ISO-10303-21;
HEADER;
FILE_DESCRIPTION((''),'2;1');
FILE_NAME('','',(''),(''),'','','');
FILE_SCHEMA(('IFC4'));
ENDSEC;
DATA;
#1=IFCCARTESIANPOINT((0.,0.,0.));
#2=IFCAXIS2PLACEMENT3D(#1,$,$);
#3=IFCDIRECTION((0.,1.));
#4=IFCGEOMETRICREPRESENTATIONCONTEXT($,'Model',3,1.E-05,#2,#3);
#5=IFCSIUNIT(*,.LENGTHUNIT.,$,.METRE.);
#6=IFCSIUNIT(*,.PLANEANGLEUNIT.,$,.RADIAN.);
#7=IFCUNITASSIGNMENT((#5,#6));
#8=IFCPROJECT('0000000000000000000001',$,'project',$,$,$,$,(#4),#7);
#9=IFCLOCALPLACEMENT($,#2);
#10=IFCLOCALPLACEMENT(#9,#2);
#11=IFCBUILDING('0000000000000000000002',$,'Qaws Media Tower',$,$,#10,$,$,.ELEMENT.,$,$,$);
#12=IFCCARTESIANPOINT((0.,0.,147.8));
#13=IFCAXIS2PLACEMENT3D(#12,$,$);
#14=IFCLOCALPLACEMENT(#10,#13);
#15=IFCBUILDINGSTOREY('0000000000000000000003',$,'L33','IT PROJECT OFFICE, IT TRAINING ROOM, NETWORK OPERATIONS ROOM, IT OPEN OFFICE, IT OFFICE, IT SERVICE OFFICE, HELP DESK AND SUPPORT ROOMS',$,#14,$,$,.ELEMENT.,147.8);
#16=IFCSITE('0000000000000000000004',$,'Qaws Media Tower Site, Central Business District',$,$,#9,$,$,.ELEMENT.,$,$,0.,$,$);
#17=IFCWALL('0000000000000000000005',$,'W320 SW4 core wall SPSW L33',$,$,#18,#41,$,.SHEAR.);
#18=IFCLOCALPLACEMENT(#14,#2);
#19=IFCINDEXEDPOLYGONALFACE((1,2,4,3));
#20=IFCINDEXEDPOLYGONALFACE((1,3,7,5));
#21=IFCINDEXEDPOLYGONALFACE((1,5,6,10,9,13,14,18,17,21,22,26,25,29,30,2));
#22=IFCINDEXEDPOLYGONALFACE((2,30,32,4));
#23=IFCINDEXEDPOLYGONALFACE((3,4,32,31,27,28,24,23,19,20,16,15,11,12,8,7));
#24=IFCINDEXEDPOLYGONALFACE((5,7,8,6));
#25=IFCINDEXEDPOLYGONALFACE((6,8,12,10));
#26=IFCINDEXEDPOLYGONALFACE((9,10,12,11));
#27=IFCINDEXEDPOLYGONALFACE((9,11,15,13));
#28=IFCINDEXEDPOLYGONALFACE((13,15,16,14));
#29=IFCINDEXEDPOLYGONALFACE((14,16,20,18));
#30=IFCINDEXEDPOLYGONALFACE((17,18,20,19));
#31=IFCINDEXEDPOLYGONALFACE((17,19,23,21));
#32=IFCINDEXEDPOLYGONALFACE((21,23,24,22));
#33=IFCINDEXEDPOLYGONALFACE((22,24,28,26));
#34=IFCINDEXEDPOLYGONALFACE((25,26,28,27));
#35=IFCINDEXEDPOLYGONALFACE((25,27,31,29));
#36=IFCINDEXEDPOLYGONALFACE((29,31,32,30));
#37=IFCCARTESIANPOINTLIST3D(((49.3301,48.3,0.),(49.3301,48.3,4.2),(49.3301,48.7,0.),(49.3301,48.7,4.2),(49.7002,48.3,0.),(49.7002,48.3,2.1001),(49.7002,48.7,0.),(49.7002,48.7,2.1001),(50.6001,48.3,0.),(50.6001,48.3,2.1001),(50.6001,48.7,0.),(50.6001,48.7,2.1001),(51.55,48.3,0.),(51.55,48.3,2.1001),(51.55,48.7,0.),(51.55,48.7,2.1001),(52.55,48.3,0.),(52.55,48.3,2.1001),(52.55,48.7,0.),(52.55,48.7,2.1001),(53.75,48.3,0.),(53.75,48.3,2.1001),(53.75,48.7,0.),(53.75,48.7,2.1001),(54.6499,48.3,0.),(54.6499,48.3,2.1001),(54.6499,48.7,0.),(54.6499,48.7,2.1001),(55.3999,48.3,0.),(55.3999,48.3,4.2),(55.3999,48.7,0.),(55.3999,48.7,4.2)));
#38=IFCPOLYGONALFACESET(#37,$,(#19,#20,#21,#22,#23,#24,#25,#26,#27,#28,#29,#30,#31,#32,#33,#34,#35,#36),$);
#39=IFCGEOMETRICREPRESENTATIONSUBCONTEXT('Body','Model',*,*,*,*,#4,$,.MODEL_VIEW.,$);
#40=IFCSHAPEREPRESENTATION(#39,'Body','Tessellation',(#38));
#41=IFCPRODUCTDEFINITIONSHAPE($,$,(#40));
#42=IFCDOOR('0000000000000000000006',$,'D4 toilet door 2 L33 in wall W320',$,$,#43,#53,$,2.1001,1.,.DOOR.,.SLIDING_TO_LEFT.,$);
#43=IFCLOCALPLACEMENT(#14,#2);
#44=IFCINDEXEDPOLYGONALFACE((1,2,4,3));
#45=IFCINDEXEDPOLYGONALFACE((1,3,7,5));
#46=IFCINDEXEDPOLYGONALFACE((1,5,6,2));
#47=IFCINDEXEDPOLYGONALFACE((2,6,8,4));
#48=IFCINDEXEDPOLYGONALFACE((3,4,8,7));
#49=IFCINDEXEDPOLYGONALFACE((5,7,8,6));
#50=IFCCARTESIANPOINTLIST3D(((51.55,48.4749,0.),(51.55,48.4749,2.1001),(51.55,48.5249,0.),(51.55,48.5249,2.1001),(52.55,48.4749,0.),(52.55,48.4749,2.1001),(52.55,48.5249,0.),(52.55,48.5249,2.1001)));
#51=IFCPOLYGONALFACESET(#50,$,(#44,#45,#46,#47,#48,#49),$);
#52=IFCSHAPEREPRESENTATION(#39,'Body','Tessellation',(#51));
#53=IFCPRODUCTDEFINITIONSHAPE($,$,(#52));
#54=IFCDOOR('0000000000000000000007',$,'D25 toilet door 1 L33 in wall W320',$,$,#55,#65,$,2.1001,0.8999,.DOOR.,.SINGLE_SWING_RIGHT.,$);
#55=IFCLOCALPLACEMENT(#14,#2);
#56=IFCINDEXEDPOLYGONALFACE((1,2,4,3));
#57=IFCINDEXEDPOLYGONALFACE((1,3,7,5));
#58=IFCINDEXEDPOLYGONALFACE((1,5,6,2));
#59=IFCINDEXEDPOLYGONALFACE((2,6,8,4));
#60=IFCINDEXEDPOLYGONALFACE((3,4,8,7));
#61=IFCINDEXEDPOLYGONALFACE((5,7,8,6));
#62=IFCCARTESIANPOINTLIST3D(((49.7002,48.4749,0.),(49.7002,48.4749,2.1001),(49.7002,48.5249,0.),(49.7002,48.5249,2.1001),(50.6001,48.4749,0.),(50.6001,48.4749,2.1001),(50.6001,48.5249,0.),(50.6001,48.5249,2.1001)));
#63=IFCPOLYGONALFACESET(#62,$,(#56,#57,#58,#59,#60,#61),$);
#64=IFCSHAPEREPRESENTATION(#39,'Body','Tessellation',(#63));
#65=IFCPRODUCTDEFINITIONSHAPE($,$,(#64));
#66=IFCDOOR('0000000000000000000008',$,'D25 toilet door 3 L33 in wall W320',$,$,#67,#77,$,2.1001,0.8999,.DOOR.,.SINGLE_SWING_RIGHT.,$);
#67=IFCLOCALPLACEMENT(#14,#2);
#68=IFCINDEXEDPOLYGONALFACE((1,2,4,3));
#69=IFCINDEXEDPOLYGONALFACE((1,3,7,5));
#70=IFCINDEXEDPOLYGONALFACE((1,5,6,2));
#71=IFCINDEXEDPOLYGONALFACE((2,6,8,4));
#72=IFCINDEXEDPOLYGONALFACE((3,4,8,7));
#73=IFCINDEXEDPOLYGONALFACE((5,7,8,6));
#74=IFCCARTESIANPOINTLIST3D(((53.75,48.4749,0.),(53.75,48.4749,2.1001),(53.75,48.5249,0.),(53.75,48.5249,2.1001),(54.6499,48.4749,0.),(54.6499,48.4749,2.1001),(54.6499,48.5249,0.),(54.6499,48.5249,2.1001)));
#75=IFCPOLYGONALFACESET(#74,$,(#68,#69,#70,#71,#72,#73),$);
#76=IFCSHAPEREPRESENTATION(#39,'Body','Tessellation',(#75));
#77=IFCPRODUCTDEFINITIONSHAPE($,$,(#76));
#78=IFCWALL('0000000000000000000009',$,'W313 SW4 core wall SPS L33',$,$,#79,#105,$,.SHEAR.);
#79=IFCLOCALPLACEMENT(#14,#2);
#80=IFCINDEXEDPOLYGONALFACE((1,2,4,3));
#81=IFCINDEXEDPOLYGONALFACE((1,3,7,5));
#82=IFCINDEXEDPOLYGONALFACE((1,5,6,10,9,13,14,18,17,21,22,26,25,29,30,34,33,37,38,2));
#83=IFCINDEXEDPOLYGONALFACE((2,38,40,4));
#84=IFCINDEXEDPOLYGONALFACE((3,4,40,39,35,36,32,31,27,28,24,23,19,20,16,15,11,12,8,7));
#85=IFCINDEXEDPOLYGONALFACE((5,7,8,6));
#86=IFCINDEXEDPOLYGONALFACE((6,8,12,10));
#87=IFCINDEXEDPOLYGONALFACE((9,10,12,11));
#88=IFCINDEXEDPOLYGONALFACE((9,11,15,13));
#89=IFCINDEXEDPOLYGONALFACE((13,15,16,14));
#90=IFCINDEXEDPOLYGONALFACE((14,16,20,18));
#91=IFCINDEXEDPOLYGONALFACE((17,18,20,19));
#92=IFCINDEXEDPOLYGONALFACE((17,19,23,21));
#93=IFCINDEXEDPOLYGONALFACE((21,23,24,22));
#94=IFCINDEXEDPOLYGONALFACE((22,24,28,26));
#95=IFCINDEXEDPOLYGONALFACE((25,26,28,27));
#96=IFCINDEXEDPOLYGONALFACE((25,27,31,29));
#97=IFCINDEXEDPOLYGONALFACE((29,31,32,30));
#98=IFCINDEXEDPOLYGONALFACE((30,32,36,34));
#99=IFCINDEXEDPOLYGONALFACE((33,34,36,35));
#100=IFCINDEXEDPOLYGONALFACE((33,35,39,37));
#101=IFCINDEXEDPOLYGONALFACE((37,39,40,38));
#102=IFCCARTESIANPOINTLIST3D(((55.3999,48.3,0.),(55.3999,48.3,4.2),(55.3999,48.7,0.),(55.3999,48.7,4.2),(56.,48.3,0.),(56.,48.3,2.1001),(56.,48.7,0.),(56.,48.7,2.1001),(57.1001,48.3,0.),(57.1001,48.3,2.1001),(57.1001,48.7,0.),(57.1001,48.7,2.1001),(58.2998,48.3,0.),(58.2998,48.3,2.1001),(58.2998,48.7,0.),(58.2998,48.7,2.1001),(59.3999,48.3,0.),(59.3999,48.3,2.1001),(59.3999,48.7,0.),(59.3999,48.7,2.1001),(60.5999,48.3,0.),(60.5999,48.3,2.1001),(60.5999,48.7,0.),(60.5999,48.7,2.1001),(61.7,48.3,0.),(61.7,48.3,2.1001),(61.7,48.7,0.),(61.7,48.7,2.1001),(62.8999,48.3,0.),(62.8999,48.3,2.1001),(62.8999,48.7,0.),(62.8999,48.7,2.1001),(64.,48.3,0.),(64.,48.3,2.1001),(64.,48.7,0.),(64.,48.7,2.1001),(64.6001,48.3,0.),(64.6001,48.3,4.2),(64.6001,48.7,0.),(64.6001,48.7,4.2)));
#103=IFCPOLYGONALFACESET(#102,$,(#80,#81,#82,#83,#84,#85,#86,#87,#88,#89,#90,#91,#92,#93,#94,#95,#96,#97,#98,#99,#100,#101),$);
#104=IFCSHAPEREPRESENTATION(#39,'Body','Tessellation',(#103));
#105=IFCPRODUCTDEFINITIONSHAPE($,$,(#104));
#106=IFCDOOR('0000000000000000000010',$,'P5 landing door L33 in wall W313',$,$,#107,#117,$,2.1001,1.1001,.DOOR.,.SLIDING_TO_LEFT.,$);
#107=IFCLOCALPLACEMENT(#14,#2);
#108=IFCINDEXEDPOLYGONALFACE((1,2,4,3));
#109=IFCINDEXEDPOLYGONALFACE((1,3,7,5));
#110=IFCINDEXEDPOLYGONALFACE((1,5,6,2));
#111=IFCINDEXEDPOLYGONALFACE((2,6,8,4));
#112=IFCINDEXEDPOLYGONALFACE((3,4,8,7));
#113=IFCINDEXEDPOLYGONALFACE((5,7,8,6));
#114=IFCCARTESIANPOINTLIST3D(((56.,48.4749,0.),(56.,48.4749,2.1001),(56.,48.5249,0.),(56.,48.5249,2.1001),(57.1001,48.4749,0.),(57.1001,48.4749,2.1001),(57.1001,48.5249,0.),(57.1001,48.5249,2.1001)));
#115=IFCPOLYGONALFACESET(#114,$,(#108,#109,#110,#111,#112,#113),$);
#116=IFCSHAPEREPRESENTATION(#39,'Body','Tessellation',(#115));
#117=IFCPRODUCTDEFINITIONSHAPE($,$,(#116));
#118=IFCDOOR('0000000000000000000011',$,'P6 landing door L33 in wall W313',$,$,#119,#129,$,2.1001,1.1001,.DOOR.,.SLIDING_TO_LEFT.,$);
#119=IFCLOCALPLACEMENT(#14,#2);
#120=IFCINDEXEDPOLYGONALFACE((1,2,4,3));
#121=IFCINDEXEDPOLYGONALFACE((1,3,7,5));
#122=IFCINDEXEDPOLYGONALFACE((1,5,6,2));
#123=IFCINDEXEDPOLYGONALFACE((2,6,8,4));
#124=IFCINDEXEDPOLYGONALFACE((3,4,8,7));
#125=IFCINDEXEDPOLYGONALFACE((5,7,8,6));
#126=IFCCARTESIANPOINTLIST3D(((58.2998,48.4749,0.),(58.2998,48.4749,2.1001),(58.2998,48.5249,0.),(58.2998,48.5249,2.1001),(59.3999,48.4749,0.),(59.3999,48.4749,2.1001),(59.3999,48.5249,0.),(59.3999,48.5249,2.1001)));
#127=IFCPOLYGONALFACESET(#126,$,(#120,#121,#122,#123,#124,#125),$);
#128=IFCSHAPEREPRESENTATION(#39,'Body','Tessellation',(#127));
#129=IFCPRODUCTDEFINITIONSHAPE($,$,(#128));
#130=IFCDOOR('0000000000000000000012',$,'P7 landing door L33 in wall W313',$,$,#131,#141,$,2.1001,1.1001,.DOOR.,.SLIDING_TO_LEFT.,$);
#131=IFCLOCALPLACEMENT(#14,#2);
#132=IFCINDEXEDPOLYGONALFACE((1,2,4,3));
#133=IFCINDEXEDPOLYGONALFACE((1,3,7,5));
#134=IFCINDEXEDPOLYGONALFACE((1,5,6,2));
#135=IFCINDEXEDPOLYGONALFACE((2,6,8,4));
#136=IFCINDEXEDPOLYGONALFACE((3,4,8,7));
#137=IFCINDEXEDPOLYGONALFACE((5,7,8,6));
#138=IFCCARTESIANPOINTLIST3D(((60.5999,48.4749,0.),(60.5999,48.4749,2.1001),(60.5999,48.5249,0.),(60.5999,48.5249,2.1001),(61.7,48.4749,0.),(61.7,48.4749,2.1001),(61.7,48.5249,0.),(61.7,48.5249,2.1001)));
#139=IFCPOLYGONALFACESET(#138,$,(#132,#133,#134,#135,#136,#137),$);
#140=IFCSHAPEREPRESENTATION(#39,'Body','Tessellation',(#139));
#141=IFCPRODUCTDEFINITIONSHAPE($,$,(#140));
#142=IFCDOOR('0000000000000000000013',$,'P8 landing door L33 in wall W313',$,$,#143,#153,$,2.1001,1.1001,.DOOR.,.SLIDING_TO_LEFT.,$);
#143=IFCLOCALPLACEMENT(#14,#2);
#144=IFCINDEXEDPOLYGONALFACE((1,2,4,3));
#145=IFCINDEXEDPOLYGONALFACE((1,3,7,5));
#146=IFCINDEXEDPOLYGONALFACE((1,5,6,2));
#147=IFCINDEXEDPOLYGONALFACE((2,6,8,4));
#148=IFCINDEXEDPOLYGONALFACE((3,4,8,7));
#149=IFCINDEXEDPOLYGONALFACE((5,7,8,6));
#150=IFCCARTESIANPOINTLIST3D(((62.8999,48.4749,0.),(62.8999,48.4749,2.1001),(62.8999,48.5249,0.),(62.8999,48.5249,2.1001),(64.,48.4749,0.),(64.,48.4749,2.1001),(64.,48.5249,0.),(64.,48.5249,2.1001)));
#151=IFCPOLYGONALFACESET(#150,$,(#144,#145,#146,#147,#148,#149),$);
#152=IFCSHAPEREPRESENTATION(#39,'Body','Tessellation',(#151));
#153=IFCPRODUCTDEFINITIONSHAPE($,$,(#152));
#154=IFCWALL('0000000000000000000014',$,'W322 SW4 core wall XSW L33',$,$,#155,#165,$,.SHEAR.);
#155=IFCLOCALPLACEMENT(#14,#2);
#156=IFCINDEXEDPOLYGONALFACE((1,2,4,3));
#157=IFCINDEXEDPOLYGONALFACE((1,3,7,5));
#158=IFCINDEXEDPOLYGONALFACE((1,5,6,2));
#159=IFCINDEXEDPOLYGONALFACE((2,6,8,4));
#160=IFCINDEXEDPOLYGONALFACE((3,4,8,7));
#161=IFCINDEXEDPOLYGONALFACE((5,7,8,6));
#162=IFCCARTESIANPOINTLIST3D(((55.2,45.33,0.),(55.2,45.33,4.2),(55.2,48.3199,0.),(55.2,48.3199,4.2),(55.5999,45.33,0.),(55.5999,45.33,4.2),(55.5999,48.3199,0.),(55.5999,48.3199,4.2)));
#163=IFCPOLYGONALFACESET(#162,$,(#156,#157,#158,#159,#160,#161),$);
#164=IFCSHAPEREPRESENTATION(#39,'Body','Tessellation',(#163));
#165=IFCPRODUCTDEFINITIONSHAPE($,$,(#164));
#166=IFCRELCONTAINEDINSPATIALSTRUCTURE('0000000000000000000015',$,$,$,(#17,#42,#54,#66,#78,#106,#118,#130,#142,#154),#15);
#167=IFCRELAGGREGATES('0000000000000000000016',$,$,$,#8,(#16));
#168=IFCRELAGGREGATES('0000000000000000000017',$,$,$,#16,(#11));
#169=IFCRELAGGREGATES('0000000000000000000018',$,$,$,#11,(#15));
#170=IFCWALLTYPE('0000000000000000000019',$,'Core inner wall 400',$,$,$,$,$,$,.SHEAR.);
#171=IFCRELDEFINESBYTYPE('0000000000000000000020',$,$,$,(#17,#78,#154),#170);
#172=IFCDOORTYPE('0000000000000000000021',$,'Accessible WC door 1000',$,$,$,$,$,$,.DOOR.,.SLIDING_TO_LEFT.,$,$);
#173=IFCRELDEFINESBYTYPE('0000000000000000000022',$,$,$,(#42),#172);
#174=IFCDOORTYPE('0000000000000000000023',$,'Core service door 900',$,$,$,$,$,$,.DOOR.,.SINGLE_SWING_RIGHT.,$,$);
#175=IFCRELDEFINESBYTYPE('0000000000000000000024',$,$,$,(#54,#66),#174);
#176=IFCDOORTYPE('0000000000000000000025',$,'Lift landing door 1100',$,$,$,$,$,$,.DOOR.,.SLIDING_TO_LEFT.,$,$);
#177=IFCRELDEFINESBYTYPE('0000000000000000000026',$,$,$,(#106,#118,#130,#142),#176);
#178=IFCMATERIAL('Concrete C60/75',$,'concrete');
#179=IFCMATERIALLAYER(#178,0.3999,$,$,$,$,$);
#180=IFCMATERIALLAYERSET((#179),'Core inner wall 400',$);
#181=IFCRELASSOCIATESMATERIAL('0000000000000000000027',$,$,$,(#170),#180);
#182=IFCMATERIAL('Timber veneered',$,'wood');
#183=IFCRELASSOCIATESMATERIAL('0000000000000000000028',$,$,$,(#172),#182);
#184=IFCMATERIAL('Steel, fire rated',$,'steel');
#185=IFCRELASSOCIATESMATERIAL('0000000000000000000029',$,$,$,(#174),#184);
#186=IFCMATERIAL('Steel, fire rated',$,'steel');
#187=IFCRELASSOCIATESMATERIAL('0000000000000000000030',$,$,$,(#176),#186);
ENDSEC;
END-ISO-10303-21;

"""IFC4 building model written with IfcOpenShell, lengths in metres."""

from ifc_helpers import new_model, si_unit, direction, frame, frame_2d, origin, place, context, subcontext, project, spatial, rectangle, extrude, material, layer, layer_set, type_object, element, fill, save


model = new_model("IFC4")

# Units and contexts
model_context = context("Model", 3, precision=1e-05, world=origin(), true_north=direction((0.0, 1.0)))
body_context = subcontext(model_context, "Body", "Model", "MODEL_VIEW")
ifc_project = project(units=[si_unit("LENGTHUNIT", "METRE"), si_unit("PLANEANGLEUNIT", "RADIAN")], contexts=[model_context])

# Site, building, storey
site_placement = place(None, origin())
site = spatial("IfcSite", under=ifc_project, at=site_placement, Name="Qaws Media Tower Site, Central Business District", CompositionType="ELEMENT", RefElevation=0.0)
building_placement = place(site_placement, origin())
building = spatial("IfcBuilding", under=site, at=building_placement, Name="Qaws Media Tower", CompositionType="ELEMENT")
storey_placement = place(building_placement, frame((0.0, 0.0, 147.8)))
storey = spatial("IfcBuildingStorey", under=building, at=storey_placement, Name="L33", Description="IT PROJECT OFFICE, IT TRAINING ROOM, NETWORK OPERATIONS ROOM, IT OPEN OFFICE, IT OFFICE, IT SERVICE OFFICE, HELP DESK AND SUPPORT ROOMS", CompositionType="ELEMENT", Elevation=147.8)

# Shared definitions
ifc_material_1 = material(Name="Concrete C60/75", Category="concrete")
ifc_layer_1 = layer(ifc_material_1, 0.3999)
ifc_layer_set_1 = layer_set([ifc_layer_1], Name="Core inner wall 400")
wall_type_1 = type_object("IfcWallType", Name="Core inner wall 400", PredefinedType="SHEAR", material=ifc_layer_set_1)

# Walls, openings, doors
wall_1_placement = place(storey_placement, frame((49.3301, 48.5, 0.0), z_axis=(0.0, 0.0, 1.0), x_axis=(1.0, 0.0, 0.0)))
wall_1 = element("IfcWall", 1, at=wall_1_placement, inside=storey, type_object=wall_type_1, Name="W320 SW4 core wall SPSW L33", PredefinedType="SHEAR", context=body_context, shape_type="SweptSolid", body=[
    extrude(rectangle(XDim=6.0698, YDim=0.3999, at=frame_2d((3.0349, 0.0))), origin(), (0.0, 0.0, 1.0), 4.2),
])
opening_1_placement = place(wall_1_placement, frame((0.3701, 0.0, 0.0)))
opening_1 = element("IfcOpeningElement", 2, at=opening_1_placement, cuts=wall_1, PredefinedType="OPENING", context=body_context, shape_type="SweptSolid", body=[
    extrude(rectangle(XDim=0.8999, YDim=2.1001, at=frame_2d((0.45, 1.05))), frame((0.0, 0.21, 0.0), z_axis=(0.0, -1.0, 0.0), x_axis=(1.0, 0.0, 0.0)), (0.0, 0.0, 1.0), 0.4199),
])
opening_2_placement = place(wall_1_placement, frame((2.22, 0.0, 0.0)))
opening_2 = element("IfcOpeningElement", 3, at=opening_2_placement, cuts=wall_1, PredefinedType="OPENING", context=body_context, shape_type="SweptSolid", body=[
    extrude(rectangle(XDim=1.0, YDim=2.1001, at=frame_2d((0.5, 1.05))), frame((0.0, 0.21, 0.0), z_axis=(0.0, -1.0, 0.0), x_axis=(1.0, 0.0, 0.0)), (0.0, 0.0, 1.0), 0.4199),
])
opening_3_placement = place(wall_1_placement, frame((4.4199, 0.0, 0.0)))
opening_3 = element("IfcOpeningElement", 4, at=opening_3_placement, cuts=wall_1, PredefinedType="OPENING", context=body_context, shape_type="SweptSolid", body=[
    extrude(rectangle(XDim=0.8999, YDim=2.1001, at=frame_2d((0.45, 1.05))), frame((0.0, 0.21, 0.0), z_axis=(0.0, -1.0, 0.0), x_axis=(1.0, 0.0, 0.0)), (0.0, 0.0, 1.0), 0.4199),
])
ifc_material_2 = material(Name="Timber veneered", Category="wood")
door_type_1 = type_object("IfcDoorType", Name="Accessible WC door 1000", OperationType="SLIDING_TO_LEFT", PredefinedType="DOOR", material=ifc_material_2)
door_1_placement = place(opening_2_placement, origin())
door_1 = element("IfcDoor", 5, at=door_1_placement, inside=storey, type_object=door_type_1, Name="D4 toilet door 2 L33 in wall W320", OperationType="SLIDING_TO_LEFT", OverallHeight=2.1001, OverallWidth=1.0, PredefinedType="DOOR", context=body_context, shape_type="SweptSolid", body=[
    extrude(rectangle(XDim=1.0, YDim=2.1001, at=frame_2d((0.5, 1.05))), frame((0.0, 0.0249, 0.0), z_axis=(0.0, -1.0, 0.0), x_axis=(1.0, 0.0, 0.0)), (0.0, 0.0, 1.0), 0.05),
])
fill(opening_2, door_1)
ifc_material_3 = material(Name="Steel, fire rated", Category="steel")
door_type_2 = type_object("IfcDoorType", Name="Core service door 900", OperationType="SINGLE_SWING_RIGHT", PredefinedType="DOOR", material=ifc_material_3)
door_2_placement = place(opening_1_placement, origin())
door_2 = element("IfcDoor", 6, at=door_2_placement, inside=storey, type_object=door_type_2, Name="D25 toilet door 1 L33 in wall W320", OperationType="SINGLE_SWING_RIGHT", OverallHeight=2.1001, OverallWidth=0.8999, PredefinedType="DOOR", context=body_context, shape_type="SweptSolid", body=[
    extrude(rectangle(XDim=0.8999, YDim=2.1001, at=frame_2d((0.45, 1.05))), frame((0.0, 0.0249, 0.0), z_axis=(0.0, -1.0, 0.0), x_axis=(1.0, 0.0, 0.0)), (0.0, 0.0, 1.0), 0.05),
])
fill(opening_1, door_2)
door_3_placement = place(opening_3_placement, origin())
door_3 = element("IfcDoor", 7, at=door_3_placement, inside=storey, type_object=door_type_2, Name="D25 toilet door 3 L33 in wall W320", OperationType="SINGLE_SWING_RIGHT", OverallHeight=2.1001, OverallWidth=0.8999, PredefinedType="DOOR", context=body_context, shape_type="SweptSolid", body=[
    extrude(rectangle(XDim=0.8999, YDim=2.1001, at=frame_2d((0.45, 1.05))), frame((0.0, 0.0249, 0.0), z_axis=(0.0, -1.0, 0.0), x_axis=(1.0, 0.0, 0.0)), (0.0, 0.0, 1.0), 0.05),
])
fill(opening_3, door_3)
wall_2_placement = place(storey_placement, frame((55.3999, 48.5, 0.0), z_axis=(0.0, 0.0, 1.0), x_axis=(1.0, 0.0, 0.0)))
wall_2 = element("IfcWall", 8, at=wall_2_placement, inside=storey, type_object=wall_type_1, Name="W313 SW4 core wall SPS L33", PredefinedType="SHEAR", context=body_context, shape_type="SweptSolid", body=[
    extrude(rectangle(XDim=9.2002, YDim=0.3999, at=frame_2d((4.6001, 0.0))), origin(), (0.0, 0.0, 1.0), 4.2),
])
opening_4_placement = place(wall_2_placement, frame((0.6001, 0.0, 0.0)))
opening_4 = element("IfcOpeningElement", 9, at=opening_4_placement, cuts=wall_2, PredefinedType="OPENING", context=body_context, shape_type="SweptSolid", body=[
    extrude(rectangle(XDim=1.1001, YDim=2.1001, at=frame_2d((0.55, 1.05))), frame((0.0, 0.21, 0.0), z_axis=(0.0, -1.0, 0.0), x_axis=(1.0, 0.0, 0.0)), (0.0, 0.0, 1.0), 0.4199),
])
opening_5_placement = place(wall_2_placement, frame((2.8999, 0.0, 0.0)))
opening_5 = element("IfcOpeningElement", 10, at=opening_5_placement, cuts=wall_2, PredefinedType="OPENING", context=body_context, shape_type="SweptSolid", body=[
    extrude(rectangle(XDim=1.1001, YDim=2.1001, at=frame_2d((0.55, 1.05))), frame((0.0, 0.21, 0.0), z_axis=(0.0, -1.0, 0.0), x_axis=(1.0, 0.0, 0.0)), (0.0, 0.0, 1.0), 0.4199),
])
opening_6_placement = place(wall_2_placement, frame((5.2, 0.0, 0.0)))
opening_6 = element("IfcOpeningElement", 11, at=opening_6_placement, cuts=wall_2, PredefinedType="OPENING", context=body_context, shape_type="SweptSolid", body=[
    extrude(rectangle(XDim=1.1001, YDim=2.1001, at=frame_2d((0.55, 1.05))), frame((0.0, 0.21, 0.0), z_axis=(0.0, -1.0, 0.0), x_axis=(1.0, 0.0, 0.0)), (0.0, 0.0, 1.0), 0.4199),
])
opening_7_placement = place(wall_2_placement, frame((7.5, 0.0, 0.0)))
opening_7 = element("IfcOpeningElement", 12, at=opening_7_placement, cuts=wall_2, PredefinedType="OPENING", context=body_context, shape_type="SweptSolid", body=[
    extrude(rectangle(XDim=1.1001, YDim=2.1001, at=frame_2d((0.55, 1.05))), frame((0.0, 0.21, 0.0), z_axis=(0.0, -1.0, 0.0), x_axis=(1.0, 0.0, 0.0)), (0.0, 0.0, 1.0), 0.4199),
])
ifc_material_4 = material(Name="Steel, fire rated", Category="steel")
door_type_3 = type_object("IfcDoorType", Name="Lift landing door 1100", OperationType="SLIDING_TO_LEFT", PredefinedType="DOOR", material=ifc_material_4)
door_4_placement = place(opening_4_placement, origin())
door_4 = element("IfcDoor", 13, at=door_4_placement, inside=storey, type_object=door_type_3, Name="P5 landing door L33 in wall W313", OperationType="SLIDING_TO_LEFT", OverallHeight=2.1001, OverallWidth=1.1001, PredefinedType="DOOR", context=body_context, shape_type="SweptSolid", body=[
    extrude(rectangle(XDim=1.1001, YDim=2.1001, at=frame_2d((0.55, 1.05))), frame((0.0, 0.0249, 0.0), z_axis=(0.0, -1.0, 0.0), x_axis=(1.0, 0.0, 0.0)), (0.0, 0.0, 1.0), 0.05),
])
fill(opening_4, door_4)
door_5_placement = place(opening_5_placement, origin())
door_5 = element("IfcDoor", 14, at=door_5_placement, inside=storey, type_object=door_type_3, Name="P6 landing door L33 in wall W313", OperationType="SLIDING_TO_LEFT", OverallHeight=2.1001, OverallWidth=1.1001, PredefinedType="DOOR", context=body_context, shape_type="SweptSolid", body=[
    extrude(rectangle(XDim=1.1001, YDim=2.1001, at=frame_2d((0.55, 1.05))), frame((0.0, 0.0249, 0.0), z_axis=(0.0, -1.0, 0.0), x_axis=(1.0, 0.0, 0.0)), (0.0, 0.0, 1.0), 0.05),
])
fill(opening_5, door_5)
door_6_placement = place(opening_6_placement, origin())
door_6 = element("IfcDoor", 15, at=door_6_placement, inside=storey, type_object=door_type_3, Name="P7 landing door L33 in wall W313", OperationType="SLIDING_TO_LEFT", OverallHeight=2.1001, OverallWidth=1.1001, PredefinedType="DOOR", context=body_context, shape_type="SweptSolid", body=[
    extrude(rectangle(XDim=1.1001, YDim=2.1001, at=frame_2d((0.55, 1.05))), frame((0.0, 0.0249, 0.0), z_axis=(0.0, -1.0, 0.0), x_axis=(1.0, 0.0, 0.0)), (0.0, 0.0, 1.0), 0.05),
])
fill(opening_6, door_6)
door_7_placement = place(opening_7_placement, origin())
door_7 = element("IfcDoor", 16, at=door_7_placement, inside=storey, type_object=door_type_3, Name="P8 landing door L33 in wall W313", OperationType="SLIDING_TO_LEFT", OverallHeight=2.1001, OverallWidth=1.1001, PredefinedType="DOOR", context=body_context, shape_type="SweptSolid", body=[
    extrude(rectangle(XDim=1.1001, YDim=2.1001, at=frame_2d((0.55, 1.05))), frame((0.0, 0.0249, 0.0), z_axis=(0.0, -1.0, 0.0), x_axis=(1.0, 0.0, 0.0)), (0.0, 0.0, 1.0), 0.05),
])
fill(opening_7, door_7)

# Wall
wall_3_placement = place(storey_placement, frame((55.3999, 48.3201, 0.0), z_axis=(0.0, 0.0, 1.0), x_axis=(0.0, -1.0, 0.0)))
element("IfcWall", 17, at=wall_3_placement, inside=storey, type_object=wall_type_1, Name="W322 SW4 core wall XSW L33", PredefinedType="SHEAR", context=body_context, shape_type="SweptSolid", body=[
    extrude(rectangle(XDim=2.99, YDim=0.3999, at=frame_2d((1.4951, 0.0))), origin(), (0.0, 0.0, 1.0), 4.2),
])

save(model, "model.ifc")
